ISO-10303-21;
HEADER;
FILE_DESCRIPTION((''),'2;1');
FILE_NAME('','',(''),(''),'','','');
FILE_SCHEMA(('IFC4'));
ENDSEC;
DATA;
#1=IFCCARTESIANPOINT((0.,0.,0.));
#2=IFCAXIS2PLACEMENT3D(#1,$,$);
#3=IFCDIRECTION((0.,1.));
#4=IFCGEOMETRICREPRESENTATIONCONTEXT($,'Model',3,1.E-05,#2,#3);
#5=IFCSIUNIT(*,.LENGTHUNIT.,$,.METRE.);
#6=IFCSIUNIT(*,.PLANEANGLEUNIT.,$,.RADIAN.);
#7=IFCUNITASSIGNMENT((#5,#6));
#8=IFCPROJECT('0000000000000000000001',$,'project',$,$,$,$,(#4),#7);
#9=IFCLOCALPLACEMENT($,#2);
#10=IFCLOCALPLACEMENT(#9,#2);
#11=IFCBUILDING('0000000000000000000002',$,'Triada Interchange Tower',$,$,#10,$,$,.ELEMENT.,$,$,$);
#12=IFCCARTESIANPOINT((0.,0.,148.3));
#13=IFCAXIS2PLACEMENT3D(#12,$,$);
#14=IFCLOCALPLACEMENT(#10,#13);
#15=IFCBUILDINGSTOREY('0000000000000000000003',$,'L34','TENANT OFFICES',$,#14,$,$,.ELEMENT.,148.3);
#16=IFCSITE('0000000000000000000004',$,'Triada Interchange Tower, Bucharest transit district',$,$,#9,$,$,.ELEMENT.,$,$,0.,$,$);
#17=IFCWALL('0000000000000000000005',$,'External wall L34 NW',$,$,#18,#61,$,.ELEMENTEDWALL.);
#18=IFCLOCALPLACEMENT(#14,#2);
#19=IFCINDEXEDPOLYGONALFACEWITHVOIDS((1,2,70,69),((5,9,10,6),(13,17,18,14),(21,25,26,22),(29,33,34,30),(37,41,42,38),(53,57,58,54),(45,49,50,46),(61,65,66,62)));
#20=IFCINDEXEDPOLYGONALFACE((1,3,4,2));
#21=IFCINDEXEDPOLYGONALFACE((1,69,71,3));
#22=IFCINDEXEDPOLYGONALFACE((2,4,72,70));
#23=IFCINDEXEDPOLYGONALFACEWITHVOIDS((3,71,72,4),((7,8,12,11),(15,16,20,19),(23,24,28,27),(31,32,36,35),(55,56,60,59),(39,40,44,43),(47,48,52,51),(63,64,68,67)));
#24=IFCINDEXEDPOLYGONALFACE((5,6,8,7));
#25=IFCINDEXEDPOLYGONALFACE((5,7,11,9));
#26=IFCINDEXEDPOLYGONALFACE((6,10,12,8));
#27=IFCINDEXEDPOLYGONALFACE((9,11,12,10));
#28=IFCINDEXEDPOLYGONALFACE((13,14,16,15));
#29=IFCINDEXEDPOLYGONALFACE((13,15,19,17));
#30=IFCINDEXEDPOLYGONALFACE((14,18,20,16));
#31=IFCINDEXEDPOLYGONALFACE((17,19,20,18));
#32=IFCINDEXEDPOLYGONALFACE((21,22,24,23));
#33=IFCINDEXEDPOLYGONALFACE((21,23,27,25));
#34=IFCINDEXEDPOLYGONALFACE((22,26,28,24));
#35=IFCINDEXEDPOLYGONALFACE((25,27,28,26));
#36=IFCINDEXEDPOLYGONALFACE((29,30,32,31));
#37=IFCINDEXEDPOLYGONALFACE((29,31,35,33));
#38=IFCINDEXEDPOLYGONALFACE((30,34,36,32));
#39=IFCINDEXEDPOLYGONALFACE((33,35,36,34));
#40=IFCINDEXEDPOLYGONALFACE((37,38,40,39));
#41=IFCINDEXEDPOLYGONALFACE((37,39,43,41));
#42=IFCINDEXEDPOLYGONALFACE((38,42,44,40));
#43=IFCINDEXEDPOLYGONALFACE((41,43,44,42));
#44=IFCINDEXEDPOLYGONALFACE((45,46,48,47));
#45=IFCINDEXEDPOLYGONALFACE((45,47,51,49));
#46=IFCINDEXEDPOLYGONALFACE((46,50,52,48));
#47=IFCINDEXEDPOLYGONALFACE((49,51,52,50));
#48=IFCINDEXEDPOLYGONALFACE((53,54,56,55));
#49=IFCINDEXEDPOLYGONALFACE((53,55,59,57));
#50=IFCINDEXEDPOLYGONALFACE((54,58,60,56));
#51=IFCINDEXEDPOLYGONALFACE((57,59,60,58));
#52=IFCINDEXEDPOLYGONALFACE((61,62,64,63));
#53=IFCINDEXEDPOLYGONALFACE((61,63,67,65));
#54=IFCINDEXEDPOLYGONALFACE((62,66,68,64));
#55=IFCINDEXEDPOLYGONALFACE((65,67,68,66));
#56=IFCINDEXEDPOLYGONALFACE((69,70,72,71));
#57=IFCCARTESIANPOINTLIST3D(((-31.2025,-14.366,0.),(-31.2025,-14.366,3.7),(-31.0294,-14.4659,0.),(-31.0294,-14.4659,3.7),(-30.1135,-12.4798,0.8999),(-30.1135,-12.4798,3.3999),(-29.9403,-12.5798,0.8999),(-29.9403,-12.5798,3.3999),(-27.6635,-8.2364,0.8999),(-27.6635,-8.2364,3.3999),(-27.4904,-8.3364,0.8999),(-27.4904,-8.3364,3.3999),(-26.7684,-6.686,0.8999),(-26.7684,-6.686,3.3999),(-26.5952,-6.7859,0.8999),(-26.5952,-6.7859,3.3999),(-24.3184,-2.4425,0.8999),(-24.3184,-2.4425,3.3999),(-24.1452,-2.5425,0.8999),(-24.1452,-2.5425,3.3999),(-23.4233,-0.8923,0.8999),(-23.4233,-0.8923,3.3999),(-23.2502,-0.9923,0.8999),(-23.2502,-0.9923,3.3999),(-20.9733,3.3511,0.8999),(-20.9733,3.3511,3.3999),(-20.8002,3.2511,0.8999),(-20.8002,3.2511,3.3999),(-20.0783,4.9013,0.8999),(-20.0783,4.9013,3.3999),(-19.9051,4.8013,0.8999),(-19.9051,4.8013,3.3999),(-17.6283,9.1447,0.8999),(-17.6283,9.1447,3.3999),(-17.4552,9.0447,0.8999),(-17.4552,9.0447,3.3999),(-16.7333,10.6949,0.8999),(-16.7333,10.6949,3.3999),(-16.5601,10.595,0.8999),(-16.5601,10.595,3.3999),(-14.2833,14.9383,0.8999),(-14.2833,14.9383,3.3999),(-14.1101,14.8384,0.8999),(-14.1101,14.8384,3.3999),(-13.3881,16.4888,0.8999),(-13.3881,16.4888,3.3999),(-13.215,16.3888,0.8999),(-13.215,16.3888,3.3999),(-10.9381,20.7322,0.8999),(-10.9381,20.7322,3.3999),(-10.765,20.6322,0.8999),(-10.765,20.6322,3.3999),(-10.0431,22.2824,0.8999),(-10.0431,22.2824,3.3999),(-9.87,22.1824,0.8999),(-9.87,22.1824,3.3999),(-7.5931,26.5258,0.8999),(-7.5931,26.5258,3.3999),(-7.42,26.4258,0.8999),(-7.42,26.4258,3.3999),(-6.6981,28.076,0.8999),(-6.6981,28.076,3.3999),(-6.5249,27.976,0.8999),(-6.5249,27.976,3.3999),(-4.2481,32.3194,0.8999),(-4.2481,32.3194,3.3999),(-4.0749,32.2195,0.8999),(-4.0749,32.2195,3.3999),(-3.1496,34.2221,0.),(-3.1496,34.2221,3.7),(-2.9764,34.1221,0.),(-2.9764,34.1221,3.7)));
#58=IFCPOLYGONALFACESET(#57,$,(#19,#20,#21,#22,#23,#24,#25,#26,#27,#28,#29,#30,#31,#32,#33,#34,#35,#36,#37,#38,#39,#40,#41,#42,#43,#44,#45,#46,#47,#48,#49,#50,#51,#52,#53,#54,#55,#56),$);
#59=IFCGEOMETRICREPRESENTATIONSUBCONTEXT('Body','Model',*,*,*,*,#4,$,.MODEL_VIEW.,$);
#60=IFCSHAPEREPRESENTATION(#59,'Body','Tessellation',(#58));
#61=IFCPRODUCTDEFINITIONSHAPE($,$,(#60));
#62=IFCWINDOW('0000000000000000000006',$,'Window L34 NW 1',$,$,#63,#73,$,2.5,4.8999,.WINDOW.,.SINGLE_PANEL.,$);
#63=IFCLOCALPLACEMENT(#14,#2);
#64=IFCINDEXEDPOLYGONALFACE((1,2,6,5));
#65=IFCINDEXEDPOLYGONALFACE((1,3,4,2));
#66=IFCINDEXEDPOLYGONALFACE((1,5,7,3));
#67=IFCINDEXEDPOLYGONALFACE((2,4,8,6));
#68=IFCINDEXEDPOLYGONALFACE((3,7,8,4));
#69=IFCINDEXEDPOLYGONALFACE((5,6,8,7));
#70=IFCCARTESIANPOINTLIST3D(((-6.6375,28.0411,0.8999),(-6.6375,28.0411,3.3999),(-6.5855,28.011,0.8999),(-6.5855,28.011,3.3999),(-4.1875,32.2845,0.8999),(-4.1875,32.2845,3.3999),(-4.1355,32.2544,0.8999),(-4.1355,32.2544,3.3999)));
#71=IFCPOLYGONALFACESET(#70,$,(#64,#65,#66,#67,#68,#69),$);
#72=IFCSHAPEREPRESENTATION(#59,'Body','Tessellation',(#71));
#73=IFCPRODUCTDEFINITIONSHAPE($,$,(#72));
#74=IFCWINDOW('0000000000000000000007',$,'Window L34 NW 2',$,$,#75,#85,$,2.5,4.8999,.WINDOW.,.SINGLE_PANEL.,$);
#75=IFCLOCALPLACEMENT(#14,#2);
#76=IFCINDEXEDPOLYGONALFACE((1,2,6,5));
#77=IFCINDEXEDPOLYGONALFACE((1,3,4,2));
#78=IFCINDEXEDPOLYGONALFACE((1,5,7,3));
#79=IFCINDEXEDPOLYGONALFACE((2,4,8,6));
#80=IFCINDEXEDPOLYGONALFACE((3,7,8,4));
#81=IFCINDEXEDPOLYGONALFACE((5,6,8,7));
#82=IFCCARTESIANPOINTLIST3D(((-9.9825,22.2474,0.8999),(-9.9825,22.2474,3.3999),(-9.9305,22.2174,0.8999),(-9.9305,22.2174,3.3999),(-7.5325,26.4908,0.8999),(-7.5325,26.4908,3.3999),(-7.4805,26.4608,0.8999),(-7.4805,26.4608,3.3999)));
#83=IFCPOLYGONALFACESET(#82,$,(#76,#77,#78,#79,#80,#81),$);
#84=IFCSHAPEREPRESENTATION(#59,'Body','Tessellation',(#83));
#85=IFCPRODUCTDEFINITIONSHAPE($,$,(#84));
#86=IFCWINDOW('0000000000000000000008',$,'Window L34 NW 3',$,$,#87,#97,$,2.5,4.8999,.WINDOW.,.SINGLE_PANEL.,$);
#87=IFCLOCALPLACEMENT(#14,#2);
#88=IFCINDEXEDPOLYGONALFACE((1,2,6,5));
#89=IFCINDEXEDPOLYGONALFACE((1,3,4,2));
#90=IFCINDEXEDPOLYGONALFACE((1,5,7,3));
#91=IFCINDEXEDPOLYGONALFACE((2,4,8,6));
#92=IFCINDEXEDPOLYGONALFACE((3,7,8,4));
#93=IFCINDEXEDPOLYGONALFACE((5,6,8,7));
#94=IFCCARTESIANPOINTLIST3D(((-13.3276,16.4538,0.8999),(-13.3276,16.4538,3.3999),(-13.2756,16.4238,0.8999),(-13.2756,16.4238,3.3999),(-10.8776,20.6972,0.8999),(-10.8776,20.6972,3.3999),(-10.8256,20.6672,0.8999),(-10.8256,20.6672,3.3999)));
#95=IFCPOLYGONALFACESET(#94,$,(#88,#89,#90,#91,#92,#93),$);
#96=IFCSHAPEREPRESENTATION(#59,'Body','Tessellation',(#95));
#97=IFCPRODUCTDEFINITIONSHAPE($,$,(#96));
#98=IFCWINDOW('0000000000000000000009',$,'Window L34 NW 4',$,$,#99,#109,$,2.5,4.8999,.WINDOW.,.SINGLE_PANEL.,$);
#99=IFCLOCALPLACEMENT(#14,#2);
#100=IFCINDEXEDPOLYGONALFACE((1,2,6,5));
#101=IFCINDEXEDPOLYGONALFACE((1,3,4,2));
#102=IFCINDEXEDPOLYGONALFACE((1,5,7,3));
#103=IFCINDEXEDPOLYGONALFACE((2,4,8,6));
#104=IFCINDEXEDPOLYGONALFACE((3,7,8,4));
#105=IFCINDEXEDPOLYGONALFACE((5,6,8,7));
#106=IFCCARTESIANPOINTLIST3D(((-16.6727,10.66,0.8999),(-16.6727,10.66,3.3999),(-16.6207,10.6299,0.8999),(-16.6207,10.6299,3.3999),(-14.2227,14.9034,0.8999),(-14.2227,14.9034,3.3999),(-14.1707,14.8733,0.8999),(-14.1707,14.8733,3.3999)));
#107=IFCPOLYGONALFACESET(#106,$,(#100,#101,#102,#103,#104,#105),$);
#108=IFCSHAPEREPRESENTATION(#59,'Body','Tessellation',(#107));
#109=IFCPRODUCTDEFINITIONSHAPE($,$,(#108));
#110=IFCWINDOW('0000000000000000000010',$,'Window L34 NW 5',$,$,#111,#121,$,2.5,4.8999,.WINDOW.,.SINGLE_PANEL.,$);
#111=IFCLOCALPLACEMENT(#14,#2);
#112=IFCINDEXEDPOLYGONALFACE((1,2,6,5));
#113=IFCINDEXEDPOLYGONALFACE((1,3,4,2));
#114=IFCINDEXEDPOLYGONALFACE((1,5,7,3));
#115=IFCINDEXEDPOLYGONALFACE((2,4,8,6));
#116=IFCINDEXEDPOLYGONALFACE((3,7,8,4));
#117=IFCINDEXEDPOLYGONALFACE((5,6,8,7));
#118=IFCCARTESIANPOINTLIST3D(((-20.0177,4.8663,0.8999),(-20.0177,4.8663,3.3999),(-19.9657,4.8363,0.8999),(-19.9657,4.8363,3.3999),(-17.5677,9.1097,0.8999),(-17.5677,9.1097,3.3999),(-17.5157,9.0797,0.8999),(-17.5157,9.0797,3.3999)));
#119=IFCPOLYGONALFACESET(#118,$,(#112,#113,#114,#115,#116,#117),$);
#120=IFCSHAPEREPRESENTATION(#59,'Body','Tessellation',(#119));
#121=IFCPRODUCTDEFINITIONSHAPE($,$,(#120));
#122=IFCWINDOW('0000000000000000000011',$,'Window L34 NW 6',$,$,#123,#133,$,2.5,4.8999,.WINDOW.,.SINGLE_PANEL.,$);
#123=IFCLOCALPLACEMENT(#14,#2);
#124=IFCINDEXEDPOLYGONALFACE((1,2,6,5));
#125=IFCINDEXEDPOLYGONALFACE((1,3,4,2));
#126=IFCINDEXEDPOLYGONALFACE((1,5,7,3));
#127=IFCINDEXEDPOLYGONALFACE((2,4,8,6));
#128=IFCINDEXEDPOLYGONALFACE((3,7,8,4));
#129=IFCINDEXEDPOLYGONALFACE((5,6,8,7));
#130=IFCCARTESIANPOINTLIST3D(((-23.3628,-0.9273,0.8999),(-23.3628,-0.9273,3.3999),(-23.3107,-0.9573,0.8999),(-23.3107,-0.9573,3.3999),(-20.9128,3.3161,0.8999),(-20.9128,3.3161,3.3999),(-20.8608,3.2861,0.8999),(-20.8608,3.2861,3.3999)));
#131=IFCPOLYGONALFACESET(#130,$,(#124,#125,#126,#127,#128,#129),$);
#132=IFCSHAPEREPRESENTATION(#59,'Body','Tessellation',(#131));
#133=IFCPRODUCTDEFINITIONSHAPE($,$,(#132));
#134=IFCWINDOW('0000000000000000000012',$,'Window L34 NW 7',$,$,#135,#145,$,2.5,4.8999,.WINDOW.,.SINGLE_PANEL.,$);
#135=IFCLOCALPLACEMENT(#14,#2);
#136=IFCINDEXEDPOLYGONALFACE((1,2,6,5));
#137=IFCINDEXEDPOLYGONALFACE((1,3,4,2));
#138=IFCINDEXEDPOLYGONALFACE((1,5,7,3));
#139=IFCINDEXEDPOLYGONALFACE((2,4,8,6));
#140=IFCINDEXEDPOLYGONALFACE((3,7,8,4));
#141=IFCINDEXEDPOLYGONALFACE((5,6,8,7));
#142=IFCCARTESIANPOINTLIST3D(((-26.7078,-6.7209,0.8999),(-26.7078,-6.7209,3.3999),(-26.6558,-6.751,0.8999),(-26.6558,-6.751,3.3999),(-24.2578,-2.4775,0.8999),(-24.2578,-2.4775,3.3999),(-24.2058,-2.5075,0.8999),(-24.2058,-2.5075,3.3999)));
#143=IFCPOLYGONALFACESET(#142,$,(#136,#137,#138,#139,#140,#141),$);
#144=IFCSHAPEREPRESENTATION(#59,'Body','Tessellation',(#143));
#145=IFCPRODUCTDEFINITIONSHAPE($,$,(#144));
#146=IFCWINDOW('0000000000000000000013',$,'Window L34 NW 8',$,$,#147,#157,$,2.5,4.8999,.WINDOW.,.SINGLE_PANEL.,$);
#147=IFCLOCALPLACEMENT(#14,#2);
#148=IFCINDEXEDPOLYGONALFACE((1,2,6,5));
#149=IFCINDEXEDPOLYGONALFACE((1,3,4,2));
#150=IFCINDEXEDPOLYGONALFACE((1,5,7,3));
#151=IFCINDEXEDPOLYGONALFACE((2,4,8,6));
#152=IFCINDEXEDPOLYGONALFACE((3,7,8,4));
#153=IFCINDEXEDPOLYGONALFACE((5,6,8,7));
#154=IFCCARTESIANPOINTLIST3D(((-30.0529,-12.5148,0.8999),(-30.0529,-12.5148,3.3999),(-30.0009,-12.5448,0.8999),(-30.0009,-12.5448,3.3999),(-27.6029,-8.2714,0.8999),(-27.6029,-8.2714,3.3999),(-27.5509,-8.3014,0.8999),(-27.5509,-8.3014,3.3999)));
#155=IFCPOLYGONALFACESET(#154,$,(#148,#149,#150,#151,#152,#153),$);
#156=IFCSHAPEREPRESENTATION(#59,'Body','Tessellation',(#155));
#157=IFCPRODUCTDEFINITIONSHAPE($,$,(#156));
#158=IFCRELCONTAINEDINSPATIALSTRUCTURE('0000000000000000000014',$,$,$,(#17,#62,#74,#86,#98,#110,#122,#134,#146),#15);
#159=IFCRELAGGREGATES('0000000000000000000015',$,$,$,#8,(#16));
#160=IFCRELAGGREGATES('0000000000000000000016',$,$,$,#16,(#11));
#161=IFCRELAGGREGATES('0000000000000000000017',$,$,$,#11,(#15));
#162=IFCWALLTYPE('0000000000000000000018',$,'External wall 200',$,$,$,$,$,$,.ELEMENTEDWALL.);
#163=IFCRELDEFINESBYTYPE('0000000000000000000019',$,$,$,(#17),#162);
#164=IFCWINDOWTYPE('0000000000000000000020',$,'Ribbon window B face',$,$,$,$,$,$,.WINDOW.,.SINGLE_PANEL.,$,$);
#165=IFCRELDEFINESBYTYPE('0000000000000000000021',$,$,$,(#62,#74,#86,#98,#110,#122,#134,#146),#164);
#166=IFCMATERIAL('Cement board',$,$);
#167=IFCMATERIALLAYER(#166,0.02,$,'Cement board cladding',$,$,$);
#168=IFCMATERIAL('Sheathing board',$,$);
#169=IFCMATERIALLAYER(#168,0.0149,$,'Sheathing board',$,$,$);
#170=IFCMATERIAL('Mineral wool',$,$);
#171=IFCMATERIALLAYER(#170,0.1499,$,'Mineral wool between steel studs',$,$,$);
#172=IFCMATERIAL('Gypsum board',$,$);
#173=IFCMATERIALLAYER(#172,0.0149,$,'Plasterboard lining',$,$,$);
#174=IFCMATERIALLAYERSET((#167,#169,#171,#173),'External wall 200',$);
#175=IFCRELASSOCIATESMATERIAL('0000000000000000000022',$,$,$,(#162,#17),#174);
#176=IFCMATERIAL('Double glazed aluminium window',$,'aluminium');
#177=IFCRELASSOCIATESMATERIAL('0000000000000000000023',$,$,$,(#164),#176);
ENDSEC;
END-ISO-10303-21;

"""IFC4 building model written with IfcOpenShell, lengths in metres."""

from ifc_helpers import new_model, si_unit, direction, frame, frame_2d, origin, place, context, subcontext, project, spatial, rectangle, extrude, material, layer, layer_set, layer_usage, type_object, element, fill, save


model = new_model("IFC4")

# Units and contexts
model_context = context("Model", 3, precision=1e-05, world=origin(), true_north=direction((0.0, 1.0)))
body_context = subcontext(model_context, "Body", "Model", "MODEL_VIEW")
ifc_project = project(units=[si_unit("LENGTHUNIT", "METRE"), si_unit("PLANEANGLEUNIT", "RADIAN")], contexts=[model_context])

# Site, building, storey
site_placement = place(None, origin())
site = spatial("IfcSite", under=ifc_project, at=site_placement, Name="Triada Interchange Tower, Bucharest transit district", CompositionType="ELEMENT", RefElevation=0.0)
building_placement = place(site_placement, origin())
building = spatial("IfcBuilding", under=site, at=building_placement, Name="Triada Interchange Tower", CompositionType="ELEMENT")
storey_placement = place(building_placement, frame((0.0, 0.0, 148.3)))
storey = spatial("IfcBuildingStorey", under=building, at=storey_placement, Name="L34", Description="TENANT OFFICES", CompositionType="ELEMENT", Elevation=148.3)

# Wall, openings, windows
ifc_material_1 = material(Name="Cement board")
ifc_layer_1 = layer(ifc_material_1, 0.02, Name="Cement board cladding")
ifc_material_2 = material(Name="Sheathing board")
ifc_layer_2 = layer(ifc_material_2, 0.0149, Name="Sheathing board")
ifc_material_3 = material(Name="Mineral wool")
ifc_layer_3 = layer(ifc_material_3, 0.1499, Name="Mineral wool between steel studs")
ifc_material_4 = material(Name="Gypsum board")
ifc_layer_4 = layer(ifc_material_4, 0.0149, Name="Plasterboard lining")
ifc_layer_set_1 = layer_set([ifc_layer_1, ifc_layer_2, ifc_layer_3, ifc_layer_4], Name="External wall 200")
ifc_layer_usage = layer_usage(ifc_layer_set_1, "AXIS2", "POSITIVE", -0.1001)
wall_type_1 = type_object("IfcWallType", Name="External wall 200", PredefinedType="ELEMENTEDWALL", material=ifc_layer_set_1)
wall_1_placement = place(storey_placement, frame((-3.063, 34.1721, 0.0), z_axis=(0.0, 0.0, 1.0), x_axis=(-0.500008, -0.866021, 0.0)))
wall_1 = element("IfcWall", 1, at=wall_1_placement, inside=storey, type_object=wall_type_1, material=ifc_layer_usage, Name="External wall L34 NW", PredefinedType="ELEMENTEDWALL", context=body_context, shape_type="SweptSolid", body=[
    extrude(rectangle(XDim=56.105, YDim=0.2, at=frame_2d((28.0525, 0.0))), origin(), (0.0, 0.0, 1.0), 3.7),
])
opening_1_placement = place(wall_1_placement, frame((2.197, 0.0, 0.8999)))
opening_1 = element("IfcOpeningElement", 2, at=opening_1_placement, cuts=wall_1, PredefinedType="OPENING", context=body_context, shape_type="SweptSolid", body=[
    extrude(rectangle(XDim=4.8999, YDim=2.5, at=frame_2d((2.45, 1.25))), frame((0.0, 0.1099, 0.0), z_axis=(0.0, -1.0, 0.0), x_axis=(1.0, 0.0, 0.0)), (0.0, 0.0, 1.0), 0.22),
])
opening_2_placement = place(wall_1_placement, frame((8.887, 0.0, 0.8999)))
opening_2 = element("IfcOpeningElement", 3, at=opening_2_placement, cuts=wall_1, PredefinedType="OPENING", context=body_context, shape_type="SweptSolid", body=[
    extrude(rectangle(XDim=4.8999, YDim=2.5, at=frame_2d((2.45, 1.25))), frame((0.0, 0.1099, 0.0), z_axis=(0.0, -1.0, 0.0), x_axis=(1.0, 0.0, 0.0)), (0.0, 0.0, 1.0), 0.22),
])
opening_3_placement = place(wall_1_placement, frame((15.5769, 0.0, 0.8999)))
opening_3 = element("IfcOpeningElement", 4, at=opening_3_placement, cuts=wall_1, PredefinedType="OPENING", context=body_context, shape_type="SweptSolid", body=[
    extrude(rectangle(XDim=4.8999, YDim=2.5, at=frame_2d((2.45, 1.25))), frame((0.0, 0.1099, 0.0), z_axis=(0.0, -1.0, 0.0), x_axis=(1.0, 0.0, 0.0)), (0.0, 0.0, 1.0), 0.22),
])
opening_4_placement = place(wall_1_placement, frame((22.2671, 0.0, 0.8999)))
opening_4 = element("IfcOpeningElement", 5, at=opening_4_placement, cuts=wall_1, PredefinedType="OPENING", context=body_context, shape_type="SweptSolid", body=[
    extrude(rectangle(XDim=4.8999, YDim=2.5, at=frame_2d((2.45, 1.25))), frame((0.0, 0.1099, 0.0), z_axis=(0.0, -1.0, 0.0), x_axis=(1.0, 0.0, 0.0)), (0.0, 0.0, 1.0), 0.22),
])
opening_5_placement = place(wall_1_placement, frame((28.957, 0.0, 0.8999)))
opening_5 = element("IfcOpeningElement", 6, at=opening_5_placement, cuts=wall_1, PredefinedType="OPENING", context=body_context, shape_type="SweptSolid", body=[
    extrude(rectangle(XDim=4.8999, YDim=2.5, at=frame_2d((2.45, 1.25))), frame((0.0, 0.1099, 0.0), z_axis=(0.0, -1.0, 0.0), x_axis=(1.0, 0.0, 0.0)), (0.0, 0.0, 1.0), 0.22),
])
opening_6_placement = place(wall_1_placement, frame((35.647, 0.0, 0.8999)))
opening_6 = element("IfcOpeningElement", 7, at=opening_6_placement, cuts=wall_1, PredefinedType="OPENING", context=body_context, shape_type="SweptSolid", body=[
    extrude(rectangle(XDim=4.8999, YDim=2.5, at=frame_2d((2.45, 1.25))), frame((0.0, 0.1099, 0.0), z_axis=(0.0, -1.0, 0.0), x_axis=(1.0, 0.0, 0.0)), (0.0, 0.0, 1.0), 0.22),
])
opening_7_placement = place(wall_1_placement, frame((42.3369, 0.0, 0.8999)))
opening_7 = element("IfcOpeningElement", 8, at=opening_7_placement, cuts=wall_1, PredefinedType="OPENING", context=body_context, shape_type="SweptSolid", body=[
    extrude(rectangle(XDim=4.8999, YDim=2.5, at=frame_2d((2.45, 1.25))), frame((0.0, 0.1099, 0.0), z_axis=(0.0, -1.0, 0.0), x_axis=(1.0, 0.0, 0.0)), (0.0, 0.0, 1.0), 0.22),
])
opening_8_placement = place(wall_1_placement, frame((49.0271, 0.0, 0.8999)))
opening_8 = element("IfcOpeningElement", 9, at=opening_8_placement, cuts=wall_1, PredefinedType="OPENING", context=body_context, shape_type="SweptSolid", body=[
    extrude(rectangle(XDim=4.8999, YDim=2.5, at=frame_2d((2.45, 1.25))), frame((0.0, 0.1099, 0.0), z_axis=(0.0, -1.0, 0.0), x_axis=(1.0, 0.0, 0.0)), (0.0, 0.0, 1.0), 0.22),
])
ifc_material_5 = material(Name="Double glazed aluminium window", Category="aluminium")
window_type = type_object("IfcWindowType", Name="Ribbon window B face", PartitioningType="SINGLE_PANEL", PredefinedType="WINDOW", material=ifc_material_5)
window_1_placement = place(opening_1_placement, origin())
window_1 = element("IfcWindow", 10, at=window_1_placement, inside=storey, type_object=window_type, Name="Window L34 NW 1", OverallHeight=2.5, OverallWidth=4.8999, PartitioningType="SINGLE_PANEL", PredefinedType="WINDOW", context=body_context, shape_type="SweptSolid", body=[
    extrude(rectangle(XDim=4.8999, YDim=2.5, at=frame_2d((2.45, 1.25))), frame((0.0, 0.03, 0.0), z_axis=(0.0, -1.0, 0.0), x_axis=(1.0, 0.0, 0.0)), (0.0, 0.0, 1.0), 0.0601),
])
fill(opening_1, window_1)
window_2_placement = place(opening_2_placement, origin())
window_2 = element("IfcWindow", 11, at=window_2_placement, inside=storey, type_object=window_type, Name="Window L34 NW 2", OverallHeight=2.5, OverallWidth=4.8999, PartitioningType="SINGLE_PANEL", PredefinedType="WINDOW", context=body_context, shape_type="SweptSolid", body=[
    extrude(rectangle(XDim=4.8999, YDim=2.5, at=frame_2d((2.45, 1.25))), frame((0.0, 0.03, 0.0), z_axis=(0.0, -1.0, 0.0), x_axis=(1.0, 0.0, 0.0)), (0.0, 0.0, 1.0), 0.0601),
])
fill(opening_2, window_2)
window_3_placement = place(opening_3_placement, origin())
window_3 = element("IfcWindow", 12, at=window_3_placement, inside=storey, type_object=window_type, Name="Window L34 NW 3", OverallHeight=2.5, OverallWidth=4.8999, PartitioningType="SINGLE_PANEL", PredefinedType="WINDOW", context=body_context, shape_type="SweptSolid", body=[
    extrude(rectangle(XDim=4.8999, YDim=2.5, at=frame_2d((2.45, 1.25))), frame((0.0, 0.03, 0.0), z_axis=(0.0, -1.0, 0.0), x_axis=(1.0, 0.0, 0.0)), (0.0, 0.0, 1.0), 0.0601),
])
fill(opening_3, window_3)
window_4_placement = place(opening_4_placement, origin())
window_4 = element("IfcWindow", 13, at=window_4_placement, inside=storey, type_object=window_type, Name="Window L34 NW 4", OverallHeight=2.5, OverallWidth=4.8999, PartitioningType="SINGLE_PANEL", PredefinedType="WINDOW", context=body_context, shape_type="SweptSolid", body=[
    extrude(rectangle(XDim=4.8999, YDim=2.5, at=frame_2d((2.45, 1.25))), frame((0.0, 0.03, 0.0), z_axis=(0.0, -1.0, 0.0), x_axis=(1.0, 0.0, 0.0)), (0.0, 0.0, 1.0), 0.0601),
])
fill(opening_4, window_4)
window_5_placement = place(opening_5_placement, origin())
window_5 = element("IfcWindow", 14, at=window_5_placement, inside=storey, type_object=window_type, Name="Window L34 NW 5", OverallHeight=2.5, OverallWidth=4.8999, PartitioningType="SINGLE_PANEL", PredefinedType="WINDOW", context=body_context, shape_type="SweptSolid", body=[
    extrude(rectangle(XDim=4.8999, YDim=2.5, at=frame_2d((2.45, 1.25))), frame((0.0, 0.03, 0.0), z_axis=(0.0, -1.0, 0.0), x_axis=(1.0, 0.0, 0.0)), (0.0, 0.0, 1.0), 0.0601),
])
fill(opening_5, window_5)
window_6_placement = place(opening_6_placement, origin())
window_6 = element("IfcWindow", 15, at=window_6_placement, inside=storey, type_object=window_type, Name="Window L34 NW 6", OverallHeight=2.5, OverallWidth=4.8999, PartitioningType="SINGLE_PANEL", PredefinedType="WINDOW", context=body_context, shape_type="SweptSolid", body=[
    extrude(rectangle(XDim=4.8999, YDim=2.5, at=frame_2d((2.45, 1.25))), frame((0.0, 0.03, 0.0), z_axis=(0.0, -1.0, 0.0), x_axis=(1.0, 0.0, 0.0)), (0.0, 0.0, 1.0), 0.0601),
])
fill(opening_6, window_6)
window_7_placement = place(opening_7_placement, origin())
window_7 = element("IfcWindow", 16, at=window_7_placement, inside=storey, type_object=window_type, Name="Window L34 NW 7", OverallHeight=2.5, OverallWidth=4.8999, PartitioningType="SINGLE_PANEL", PredefinedType="WINDOW", context=body_context, shape_type="SweptSolid", body=[
    extrude(rectangle(XDim=4.8999, YDim=2.5, at=frame_2d((2.45, 1.25))), frame((0.0, 0.03, 0.0), z_axis=(0.0, -1.0, 0.0), x_axis=(1.0, 0.0, 0.0)), (0.0, 0.0, 1.0), 0.0601),
])
fill(opening_7, window_7)
window_8_placement = place(opening_8_placement, origin())
window_8 = element("IfcWindow", 17, at=window_8_placement, inside=storey, type_object=window_type, Name="Window L34 NW 8", OverallHeight=2.5, OverallWidth=4.8999, PartitioningType="SINGLE_PANEL", PredefinedType="WINDOW", context=body_context, shape_type="SweptSolid", body=[
    extrude(rectangle(XDim=4.8999, YDim=2.5, at=frame_2d((2.45, 1.25))), frame((0.0, 0.03, 0.0), z_axis=(0.0, -1.0, 0.0), x_axis=(1.0, 0.0, 0.0)), (0.0, 0.0, 1.0), 0.0601),
])
fill(opening_8, window_8)

save(model, "model.ifc")
